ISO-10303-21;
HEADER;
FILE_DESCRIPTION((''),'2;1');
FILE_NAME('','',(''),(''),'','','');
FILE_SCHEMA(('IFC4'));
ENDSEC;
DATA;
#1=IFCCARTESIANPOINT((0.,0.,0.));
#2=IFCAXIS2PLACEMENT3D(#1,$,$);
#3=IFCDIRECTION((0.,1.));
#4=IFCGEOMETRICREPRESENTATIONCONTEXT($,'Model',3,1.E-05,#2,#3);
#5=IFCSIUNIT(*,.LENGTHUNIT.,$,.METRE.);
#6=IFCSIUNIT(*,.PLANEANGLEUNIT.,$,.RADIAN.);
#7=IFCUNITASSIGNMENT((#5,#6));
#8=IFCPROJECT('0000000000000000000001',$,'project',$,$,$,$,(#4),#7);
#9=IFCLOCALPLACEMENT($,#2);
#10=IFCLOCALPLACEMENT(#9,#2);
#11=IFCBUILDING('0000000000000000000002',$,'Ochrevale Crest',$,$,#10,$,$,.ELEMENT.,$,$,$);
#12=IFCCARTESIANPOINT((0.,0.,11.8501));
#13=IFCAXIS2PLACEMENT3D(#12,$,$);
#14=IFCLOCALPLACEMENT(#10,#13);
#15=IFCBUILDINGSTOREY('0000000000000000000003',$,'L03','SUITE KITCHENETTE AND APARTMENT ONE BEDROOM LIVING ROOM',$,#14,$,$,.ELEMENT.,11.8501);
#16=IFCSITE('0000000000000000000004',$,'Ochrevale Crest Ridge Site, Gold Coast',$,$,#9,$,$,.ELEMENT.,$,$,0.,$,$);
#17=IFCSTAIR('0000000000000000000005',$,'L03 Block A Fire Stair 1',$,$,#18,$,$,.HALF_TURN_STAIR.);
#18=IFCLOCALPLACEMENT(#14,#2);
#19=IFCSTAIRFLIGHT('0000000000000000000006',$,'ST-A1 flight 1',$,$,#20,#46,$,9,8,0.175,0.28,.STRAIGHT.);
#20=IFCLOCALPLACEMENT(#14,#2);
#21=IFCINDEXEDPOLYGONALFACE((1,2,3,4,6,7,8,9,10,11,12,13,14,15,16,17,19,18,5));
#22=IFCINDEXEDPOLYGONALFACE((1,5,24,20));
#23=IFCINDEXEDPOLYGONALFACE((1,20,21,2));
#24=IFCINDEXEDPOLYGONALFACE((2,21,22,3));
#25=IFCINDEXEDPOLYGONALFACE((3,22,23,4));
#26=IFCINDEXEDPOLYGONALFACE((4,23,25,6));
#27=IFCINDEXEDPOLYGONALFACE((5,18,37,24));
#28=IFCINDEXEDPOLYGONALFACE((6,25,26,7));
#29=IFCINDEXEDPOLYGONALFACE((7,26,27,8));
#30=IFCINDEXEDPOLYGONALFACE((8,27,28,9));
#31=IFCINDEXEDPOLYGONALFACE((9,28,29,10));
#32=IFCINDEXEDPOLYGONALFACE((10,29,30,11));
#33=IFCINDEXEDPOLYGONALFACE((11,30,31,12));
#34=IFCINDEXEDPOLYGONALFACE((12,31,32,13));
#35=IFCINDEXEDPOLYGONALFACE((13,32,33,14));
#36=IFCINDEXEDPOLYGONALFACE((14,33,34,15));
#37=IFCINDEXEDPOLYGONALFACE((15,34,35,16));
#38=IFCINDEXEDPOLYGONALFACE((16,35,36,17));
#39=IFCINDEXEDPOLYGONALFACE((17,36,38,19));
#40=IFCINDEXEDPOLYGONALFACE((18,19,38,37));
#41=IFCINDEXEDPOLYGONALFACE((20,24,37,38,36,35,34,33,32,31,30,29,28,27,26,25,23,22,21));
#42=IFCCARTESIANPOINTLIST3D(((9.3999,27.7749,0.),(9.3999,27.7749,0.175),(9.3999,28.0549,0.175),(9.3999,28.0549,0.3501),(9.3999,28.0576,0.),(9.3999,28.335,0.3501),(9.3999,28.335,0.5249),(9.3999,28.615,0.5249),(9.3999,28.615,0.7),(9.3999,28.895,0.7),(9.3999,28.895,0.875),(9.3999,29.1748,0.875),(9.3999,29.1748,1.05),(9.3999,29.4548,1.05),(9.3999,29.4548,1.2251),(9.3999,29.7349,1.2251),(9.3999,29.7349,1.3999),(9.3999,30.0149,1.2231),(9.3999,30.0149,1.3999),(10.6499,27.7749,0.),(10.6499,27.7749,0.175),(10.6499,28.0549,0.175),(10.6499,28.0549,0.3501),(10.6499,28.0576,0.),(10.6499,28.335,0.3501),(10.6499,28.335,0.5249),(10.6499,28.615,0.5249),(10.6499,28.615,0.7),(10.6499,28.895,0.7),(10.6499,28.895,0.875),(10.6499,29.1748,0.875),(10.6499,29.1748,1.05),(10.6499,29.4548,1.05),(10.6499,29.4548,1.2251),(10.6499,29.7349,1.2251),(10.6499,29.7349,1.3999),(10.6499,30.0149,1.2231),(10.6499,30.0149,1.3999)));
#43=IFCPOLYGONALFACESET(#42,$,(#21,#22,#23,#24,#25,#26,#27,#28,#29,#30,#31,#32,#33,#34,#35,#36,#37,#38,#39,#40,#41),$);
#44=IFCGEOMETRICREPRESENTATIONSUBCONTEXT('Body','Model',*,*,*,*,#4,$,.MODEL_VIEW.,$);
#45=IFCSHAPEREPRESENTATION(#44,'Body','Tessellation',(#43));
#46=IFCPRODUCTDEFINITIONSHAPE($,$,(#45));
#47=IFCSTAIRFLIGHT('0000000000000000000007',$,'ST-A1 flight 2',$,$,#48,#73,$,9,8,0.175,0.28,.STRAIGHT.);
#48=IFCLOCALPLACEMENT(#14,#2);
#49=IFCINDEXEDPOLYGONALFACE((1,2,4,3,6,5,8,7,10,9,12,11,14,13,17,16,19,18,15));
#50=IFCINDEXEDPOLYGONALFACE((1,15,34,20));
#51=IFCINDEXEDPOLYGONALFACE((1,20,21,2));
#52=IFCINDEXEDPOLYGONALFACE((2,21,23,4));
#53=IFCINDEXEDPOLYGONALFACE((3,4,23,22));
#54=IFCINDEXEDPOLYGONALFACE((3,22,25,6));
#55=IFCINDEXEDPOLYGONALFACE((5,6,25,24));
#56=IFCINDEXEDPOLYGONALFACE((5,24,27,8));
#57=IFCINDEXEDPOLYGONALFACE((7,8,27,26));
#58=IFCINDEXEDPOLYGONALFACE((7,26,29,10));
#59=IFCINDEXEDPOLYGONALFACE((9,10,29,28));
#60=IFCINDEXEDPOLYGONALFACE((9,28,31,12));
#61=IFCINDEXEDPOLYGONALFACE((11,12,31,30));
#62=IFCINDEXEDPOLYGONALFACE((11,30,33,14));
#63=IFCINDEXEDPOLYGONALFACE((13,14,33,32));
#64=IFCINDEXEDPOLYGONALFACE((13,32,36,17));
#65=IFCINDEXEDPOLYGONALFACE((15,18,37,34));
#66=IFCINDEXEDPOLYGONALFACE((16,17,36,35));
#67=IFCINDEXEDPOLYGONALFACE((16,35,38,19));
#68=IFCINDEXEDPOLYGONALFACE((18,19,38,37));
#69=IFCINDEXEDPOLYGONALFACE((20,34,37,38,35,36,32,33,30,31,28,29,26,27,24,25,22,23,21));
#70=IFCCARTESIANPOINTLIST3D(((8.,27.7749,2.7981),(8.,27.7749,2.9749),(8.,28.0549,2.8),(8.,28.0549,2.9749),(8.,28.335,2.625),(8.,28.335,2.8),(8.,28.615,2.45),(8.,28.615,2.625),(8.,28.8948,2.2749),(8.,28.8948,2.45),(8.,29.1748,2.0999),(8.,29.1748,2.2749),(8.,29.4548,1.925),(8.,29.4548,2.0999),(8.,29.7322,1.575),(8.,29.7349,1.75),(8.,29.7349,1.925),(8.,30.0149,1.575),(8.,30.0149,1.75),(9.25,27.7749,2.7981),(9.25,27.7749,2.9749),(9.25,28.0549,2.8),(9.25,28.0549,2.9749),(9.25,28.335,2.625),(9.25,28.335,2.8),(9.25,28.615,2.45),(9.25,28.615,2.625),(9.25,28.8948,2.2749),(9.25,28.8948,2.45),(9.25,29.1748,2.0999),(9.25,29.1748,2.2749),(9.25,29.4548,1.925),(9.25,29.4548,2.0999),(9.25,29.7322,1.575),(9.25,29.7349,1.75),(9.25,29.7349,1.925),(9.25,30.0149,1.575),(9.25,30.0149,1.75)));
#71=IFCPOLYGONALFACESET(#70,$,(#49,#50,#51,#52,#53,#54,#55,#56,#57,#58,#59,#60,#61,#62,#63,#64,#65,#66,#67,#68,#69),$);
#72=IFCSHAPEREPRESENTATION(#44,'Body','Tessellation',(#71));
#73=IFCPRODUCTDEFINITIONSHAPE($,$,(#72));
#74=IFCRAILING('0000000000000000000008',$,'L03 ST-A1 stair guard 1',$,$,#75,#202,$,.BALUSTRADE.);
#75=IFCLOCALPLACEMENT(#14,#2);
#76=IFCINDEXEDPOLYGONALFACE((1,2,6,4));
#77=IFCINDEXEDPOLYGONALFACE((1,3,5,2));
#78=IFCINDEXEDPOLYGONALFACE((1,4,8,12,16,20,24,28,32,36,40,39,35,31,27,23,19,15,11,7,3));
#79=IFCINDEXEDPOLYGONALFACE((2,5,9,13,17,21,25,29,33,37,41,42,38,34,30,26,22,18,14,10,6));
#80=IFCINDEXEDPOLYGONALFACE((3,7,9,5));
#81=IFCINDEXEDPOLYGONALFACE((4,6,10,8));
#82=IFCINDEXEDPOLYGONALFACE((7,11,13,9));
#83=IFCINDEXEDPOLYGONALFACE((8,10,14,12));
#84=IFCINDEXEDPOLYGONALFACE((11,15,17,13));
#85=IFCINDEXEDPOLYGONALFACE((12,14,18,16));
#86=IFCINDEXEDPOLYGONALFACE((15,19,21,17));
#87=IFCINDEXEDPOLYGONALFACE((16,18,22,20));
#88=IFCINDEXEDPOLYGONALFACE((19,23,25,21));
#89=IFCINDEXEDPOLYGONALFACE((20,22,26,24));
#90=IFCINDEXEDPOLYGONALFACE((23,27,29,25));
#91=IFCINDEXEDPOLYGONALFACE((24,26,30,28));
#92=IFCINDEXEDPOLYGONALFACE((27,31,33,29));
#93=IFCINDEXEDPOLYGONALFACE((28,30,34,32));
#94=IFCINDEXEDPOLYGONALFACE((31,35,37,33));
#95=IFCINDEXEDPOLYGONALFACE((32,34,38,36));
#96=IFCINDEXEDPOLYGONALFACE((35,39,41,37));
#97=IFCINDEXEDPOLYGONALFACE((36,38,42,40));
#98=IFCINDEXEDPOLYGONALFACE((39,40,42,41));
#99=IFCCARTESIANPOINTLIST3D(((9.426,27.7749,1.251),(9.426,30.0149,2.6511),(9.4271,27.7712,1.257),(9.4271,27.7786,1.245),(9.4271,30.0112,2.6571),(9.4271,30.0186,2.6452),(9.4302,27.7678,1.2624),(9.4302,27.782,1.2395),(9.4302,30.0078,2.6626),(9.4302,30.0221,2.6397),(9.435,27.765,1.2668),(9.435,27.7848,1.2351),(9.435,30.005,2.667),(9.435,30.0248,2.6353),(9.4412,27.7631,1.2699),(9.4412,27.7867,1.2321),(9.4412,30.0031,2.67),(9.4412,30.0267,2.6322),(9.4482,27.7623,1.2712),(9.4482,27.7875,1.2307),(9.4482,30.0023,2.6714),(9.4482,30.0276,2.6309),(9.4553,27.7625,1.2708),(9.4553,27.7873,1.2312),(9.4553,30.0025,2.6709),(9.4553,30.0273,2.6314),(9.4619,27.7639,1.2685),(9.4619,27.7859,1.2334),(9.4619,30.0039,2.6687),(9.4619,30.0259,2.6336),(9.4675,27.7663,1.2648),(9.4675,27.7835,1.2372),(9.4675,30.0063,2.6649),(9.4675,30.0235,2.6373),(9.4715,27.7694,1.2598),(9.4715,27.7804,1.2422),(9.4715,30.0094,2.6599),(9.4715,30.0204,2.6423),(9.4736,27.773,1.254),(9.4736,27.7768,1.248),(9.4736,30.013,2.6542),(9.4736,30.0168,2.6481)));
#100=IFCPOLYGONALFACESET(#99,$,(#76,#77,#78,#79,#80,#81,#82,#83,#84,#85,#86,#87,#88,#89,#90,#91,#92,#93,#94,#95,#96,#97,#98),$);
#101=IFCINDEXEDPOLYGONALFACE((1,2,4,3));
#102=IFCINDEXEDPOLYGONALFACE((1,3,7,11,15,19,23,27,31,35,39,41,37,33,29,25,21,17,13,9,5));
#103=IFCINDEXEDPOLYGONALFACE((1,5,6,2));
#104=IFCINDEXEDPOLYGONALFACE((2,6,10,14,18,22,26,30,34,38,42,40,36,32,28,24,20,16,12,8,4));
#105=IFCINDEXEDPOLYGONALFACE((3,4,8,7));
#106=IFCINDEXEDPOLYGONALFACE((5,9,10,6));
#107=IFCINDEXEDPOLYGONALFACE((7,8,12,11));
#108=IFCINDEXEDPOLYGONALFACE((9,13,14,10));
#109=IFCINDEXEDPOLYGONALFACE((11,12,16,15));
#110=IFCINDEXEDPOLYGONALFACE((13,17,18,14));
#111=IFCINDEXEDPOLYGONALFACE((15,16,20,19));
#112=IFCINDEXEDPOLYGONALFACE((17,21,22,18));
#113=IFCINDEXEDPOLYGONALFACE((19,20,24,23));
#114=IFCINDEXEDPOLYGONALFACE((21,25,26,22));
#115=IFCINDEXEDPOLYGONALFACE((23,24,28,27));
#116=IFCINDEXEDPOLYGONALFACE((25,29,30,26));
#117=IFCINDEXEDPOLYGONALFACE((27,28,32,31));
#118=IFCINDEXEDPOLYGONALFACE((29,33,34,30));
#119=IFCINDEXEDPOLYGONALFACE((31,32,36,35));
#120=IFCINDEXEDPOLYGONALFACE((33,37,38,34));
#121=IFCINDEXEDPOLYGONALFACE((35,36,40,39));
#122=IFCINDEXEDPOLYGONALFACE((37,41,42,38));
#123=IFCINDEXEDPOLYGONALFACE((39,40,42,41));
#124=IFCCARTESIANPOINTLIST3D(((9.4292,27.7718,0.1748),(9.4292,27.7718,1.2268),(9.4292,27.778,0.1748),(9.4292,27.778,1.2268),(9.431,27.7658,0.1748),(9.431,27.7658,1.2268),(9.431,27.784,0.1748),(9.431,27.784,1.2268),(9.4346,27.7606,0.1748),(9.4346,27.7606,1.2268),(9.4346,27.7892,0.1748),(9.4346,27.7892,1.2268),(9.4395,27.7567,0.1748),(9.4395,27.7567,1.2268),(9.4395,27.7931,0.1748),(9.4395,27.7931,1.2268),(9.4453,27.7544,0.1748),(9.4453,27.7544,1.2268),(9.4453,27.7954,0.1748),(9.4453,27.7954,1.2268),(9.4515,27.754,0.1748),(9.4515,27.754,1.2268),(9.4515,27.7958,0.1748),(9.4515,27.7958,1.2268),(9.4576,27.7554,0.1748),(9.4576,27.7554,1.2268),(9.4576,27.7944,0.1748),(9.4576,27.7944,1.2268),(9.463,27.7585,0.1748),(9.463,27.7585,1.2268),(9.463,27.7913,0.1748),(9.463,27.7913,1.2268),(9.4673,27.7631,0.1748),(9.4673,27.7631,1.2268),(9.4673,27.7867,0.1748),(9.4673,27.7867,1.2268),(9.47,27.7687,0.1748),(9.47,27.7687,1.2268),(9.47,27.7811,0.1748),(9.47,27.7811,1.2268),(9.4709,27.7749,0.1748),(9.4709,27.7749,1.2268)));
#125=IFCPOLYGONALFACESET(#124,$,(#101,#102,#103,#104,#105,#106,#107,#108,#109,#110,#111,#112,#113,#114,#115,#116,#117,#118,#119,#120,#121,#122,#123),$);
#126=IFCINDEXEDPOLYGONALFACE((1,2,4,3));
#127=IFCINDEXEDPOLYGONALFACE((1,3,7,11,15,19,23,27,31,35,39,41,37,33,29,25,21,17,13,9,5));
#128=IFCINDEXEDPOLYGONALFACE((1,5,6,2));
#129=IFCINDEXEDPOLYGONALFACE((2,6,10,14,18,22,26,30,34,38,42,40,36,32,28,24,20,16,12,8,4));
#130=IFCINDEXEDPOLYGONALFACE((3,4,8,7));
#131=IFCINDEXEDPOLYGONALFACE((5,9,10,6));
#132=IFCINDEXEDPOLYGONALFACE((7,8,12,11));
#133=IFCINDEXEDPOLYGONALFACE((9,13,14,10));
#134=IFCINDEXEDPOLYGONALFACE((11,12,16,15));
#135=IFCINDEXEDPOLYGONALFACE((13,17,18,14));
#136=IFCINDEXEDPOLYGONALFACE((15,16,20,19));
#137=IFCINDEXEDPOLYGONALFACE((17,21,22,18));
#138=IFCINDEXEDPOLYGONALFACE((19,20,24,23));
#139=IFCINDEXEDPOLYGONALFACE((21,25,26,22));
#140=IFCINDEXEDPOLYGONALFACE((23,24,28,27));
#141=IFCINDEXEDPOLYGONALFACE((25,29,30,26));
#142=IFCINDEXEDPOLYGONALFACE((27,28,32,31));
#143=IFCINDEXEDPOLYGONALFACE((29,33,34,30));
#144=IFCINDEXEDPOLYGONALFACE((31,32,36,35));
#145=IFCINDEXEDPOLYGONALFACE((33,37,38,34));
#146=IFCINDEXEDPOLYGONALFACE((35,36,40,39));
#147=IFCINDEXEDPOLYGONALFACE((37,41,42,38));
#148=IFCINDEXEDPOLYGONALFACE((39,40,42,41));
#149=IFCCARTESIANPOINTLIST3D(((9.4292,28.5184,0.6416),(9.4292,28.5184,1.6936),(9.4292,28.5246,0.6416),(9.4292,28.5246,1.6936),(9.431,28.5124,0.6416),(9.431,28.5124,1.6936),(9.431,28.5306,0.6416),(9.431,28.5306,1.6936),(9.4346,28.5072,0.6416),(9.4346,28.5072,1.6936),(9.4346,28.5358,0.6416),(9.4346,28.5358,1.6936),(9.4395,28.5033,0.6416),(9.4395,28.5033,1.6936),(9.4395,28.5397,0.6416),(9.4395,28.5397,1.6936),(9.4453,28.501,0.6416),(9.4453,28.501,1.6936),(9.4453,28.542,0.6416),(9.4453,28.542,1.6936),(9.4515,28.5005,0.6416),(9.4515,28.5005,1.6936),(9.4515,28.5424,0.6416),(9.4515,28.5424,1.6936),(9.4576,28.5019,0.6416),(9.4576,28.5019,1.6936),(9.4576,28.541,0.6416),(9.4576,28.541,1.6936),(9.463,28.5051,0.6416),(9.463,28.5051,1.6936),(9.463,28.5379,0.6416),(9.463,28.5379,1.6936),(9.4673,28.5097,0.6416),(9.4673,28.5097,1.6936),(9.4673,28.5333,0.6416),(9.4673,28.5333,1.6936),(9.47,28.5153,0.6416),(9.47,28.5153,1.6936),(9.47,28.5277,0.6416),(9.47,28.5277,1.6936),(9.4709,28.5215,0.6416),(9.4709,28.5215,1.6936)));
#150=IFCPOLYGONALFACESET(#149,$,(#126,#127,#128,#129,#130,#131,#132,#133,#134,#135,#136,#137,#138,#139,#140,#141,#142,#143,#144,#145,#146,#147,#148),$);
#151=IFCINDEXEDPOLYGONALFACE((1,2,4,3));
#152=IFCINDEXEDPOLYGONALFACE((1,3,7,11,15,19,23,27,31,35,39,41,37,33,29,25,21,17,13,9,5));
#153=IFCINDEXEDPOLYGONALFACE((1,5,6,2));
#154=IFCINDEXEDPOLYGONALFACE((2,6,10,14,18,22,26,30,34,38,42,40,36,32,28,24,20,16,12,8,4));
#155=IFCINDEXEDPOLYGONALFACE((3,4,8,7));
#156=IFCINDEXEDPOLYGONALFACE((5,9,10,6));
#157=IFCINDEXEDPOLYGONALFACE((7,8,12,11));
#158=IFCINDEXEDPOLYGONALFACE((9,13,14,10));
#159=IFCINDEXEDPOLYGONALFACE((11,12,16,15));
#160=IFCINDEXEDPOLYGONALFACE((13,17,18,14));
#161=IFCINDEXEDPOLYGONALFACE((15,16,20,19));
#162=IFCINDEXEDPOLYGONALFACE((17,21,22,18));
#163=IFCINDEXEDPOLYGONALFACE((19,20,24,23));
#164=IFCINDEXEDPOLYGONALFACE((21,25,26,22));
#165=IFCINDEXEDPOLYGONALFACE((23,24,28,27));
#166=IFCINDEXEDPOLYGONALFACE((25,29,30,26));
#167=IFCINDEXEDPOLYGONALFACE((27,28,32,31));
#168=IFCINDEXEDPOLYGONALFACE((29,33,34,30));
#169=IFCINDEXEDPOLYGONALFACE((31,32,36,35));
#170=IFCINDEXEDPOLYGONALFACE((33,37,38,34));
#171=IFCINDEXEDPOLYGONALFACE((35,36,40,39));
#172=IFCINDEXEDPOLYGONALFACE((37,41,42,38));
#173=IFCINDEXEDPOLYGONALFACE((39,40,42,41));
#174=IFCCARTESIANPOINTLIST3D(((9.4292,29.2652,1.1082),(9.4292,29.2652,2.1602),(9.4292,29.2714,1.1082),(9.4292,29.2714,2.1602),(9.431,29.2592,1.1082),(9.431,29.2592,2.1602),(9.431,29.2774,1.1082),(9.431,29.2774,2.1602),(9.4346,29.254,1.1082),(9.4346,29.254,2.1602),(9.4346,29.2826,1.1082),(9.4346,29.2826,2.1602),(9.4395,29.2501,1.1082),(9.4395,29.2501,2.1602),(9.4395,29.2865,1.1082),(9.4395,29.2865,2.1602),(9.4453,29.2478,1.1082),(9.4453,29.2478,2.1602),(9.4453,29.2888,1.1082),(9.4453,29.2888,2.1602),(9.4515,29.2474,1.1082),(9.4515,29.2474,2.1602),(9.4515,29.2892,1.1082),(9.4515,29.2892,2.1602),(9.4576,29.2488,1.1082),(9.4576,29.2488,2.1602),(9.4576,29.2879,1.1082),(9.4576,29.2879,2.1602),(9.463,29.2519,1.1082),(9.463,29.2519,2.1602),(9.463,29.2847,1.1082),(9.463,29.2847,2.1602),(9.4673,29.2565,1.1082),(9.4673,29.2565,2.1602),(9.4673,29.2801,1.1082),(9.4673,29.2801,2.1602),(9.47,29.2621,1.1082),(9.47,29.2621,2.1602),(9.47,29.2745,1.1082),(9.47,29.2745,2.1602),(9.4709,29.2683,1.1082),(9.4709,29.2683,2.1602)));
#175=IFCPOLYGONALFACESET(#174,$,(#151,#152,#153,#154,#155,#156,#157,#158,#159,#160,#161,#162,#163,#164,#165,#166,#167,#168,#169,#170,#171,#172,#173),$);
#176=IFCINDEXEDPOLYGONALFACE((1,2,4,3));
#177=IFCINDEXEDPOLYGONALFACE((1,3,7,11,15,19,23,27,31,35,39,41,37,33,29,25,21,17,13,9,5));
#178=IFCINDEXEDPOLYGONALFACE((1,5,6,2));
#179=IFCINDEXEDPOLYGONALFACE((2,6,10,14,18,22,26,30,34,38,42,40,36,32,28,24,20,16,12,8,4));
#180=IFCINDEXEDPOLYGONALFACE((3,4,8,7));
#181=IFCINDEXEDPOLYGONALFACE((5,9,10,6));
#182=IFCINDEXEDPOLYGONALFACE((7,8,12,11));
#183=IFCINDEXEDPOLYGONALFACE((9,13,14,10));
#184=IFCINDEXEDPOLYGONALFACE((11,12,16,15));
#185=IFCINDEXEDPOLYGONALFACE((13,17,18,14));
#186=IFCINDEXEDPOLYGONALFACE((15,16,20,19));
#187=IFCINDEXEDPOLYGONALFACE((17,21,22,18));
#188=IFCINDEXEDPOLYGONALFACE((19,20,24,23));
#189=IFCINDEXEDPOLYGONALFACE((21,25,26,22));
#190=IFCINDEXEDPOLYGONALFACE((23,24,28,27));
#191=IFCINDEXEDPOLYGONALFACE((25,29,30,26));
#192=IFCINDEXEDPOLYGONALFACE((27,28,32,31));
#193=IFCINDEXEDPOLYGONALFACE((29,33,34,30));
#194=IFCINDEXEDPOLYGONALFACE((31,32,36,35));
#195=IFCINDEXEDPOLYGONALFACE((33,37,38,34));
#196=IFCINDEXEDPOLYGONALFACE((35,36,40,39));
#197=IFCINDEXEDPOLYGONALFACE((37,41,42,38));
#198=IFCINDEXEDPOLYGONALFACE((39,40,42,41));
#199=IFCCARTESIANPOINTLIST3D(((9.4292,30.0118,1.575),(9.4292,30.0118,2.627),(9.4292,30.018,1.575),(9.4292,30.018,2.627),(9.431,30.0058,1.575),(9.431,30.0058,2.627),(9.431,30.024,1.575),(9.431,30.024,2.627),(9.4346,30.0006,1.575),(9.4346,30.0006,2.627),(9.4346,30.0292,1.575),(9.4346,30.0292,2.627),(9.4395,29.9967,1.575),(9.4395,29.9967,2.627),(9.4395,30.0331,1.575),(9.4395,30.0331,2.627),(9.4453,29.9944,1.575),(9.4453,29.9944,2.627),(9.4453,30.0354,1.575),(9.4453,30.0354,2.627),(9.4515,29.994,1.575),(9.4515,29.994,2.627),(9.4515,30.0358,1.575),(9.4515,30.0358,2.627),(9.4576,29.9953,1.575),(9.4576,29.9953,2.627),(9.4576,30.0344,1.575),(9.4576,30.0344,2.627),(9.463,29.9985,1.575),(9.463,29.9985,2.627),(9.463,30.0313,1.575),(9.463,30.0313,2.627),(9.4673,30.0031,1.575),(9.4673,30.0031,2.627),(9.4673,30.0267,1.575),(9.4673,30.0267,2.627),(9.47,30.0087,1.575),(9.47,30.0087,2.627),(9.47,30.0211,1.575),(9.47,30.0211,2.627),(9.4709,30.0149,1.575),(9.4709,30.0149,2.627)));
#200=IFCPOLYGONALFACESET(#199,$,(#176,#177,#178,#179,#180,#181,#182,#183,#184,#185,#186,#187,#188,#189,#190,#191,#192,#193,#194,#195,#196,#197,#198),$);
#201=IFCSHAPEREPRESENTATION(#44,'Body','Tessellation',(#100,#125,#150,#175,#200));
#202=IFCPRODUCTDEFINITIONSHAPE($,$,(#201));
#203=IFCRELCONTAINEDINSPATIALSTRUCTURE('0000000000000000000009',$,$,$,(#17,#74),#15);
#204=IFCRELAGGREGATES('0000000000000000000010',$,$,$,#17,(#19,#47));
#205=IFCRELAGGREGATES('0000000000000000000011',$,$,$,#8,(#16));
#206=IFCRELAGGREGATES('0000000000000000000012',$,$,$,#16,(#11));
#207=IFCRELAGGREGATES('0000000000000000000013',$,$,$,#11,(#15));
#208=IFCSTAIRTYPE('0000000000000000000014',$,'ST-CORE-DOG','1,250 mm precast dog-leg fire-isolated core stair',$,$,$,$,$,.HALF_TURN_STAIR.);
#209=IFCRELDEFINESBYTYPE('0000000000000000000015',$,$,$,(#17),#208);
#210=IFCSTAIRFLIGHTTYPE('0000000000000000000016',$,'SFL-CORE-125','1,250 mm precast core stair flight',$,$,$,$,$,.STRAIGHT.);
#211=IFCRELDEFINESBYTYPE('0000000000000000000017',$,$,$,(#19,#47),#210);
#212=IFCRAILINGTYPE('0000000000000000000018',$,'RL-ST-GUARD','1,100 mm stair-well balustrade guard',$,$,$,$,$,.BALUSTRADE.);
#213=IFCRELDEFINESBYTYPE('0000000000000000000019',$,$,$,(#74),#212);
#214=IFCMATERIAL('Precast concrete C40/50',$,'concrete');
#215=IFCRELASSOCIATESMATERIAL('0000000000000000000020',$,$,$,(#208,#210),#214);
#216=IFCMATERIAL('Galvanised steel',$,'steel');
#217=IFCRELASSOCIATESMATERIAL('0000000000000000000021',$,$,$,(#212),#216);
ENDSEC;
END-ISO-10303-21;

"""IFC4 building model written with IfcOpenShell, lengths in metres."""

from ifc_helpers import new_model, si_unit, direction, frame, origin, origin_2d, place, context, subcontext, project, spatial, polyline, circle, outline, extrude, material, type_object, element, aggregate, save


model = new_model("IFC4")

# Units and contexts
model_context = context("Model", 3, precision=1e-05, world=origin(), true_north=direction((0.0, 1.0)))
body_context = subcontext(model_context, "Body", "Model", "MODEL_VIEW")
ifc_project = project(units=[si_unit("LENGTHUNIT", "METRE"), si_unit("PLANEANGLEUNIT", "RADIAN")], contexts=[model_context])

# Site, building, storey
site_placement = place(None, origin())
site = spatial("IfcSite", under=ifc_project, at=site_placement, Name="Ochrevale Crest Ridge Site, Gold Coast", CompositionType="ELEMENT", RefElevation=0.0)
building_placement = place(site_placement, origin())
building = spatial("IfcBuilding", under=site, at=building_placement, Name="Ochrevale Crest", CompositionType="ELEMENT")
storey_placement = place(building_placement, frame((0.0, 0.0, 11.8501)))
storey = spatial("IfcBuildingStorey", under=building, at=storey_placement, Name="L03", Description="SUITE KITCHENETTE AND APARTMENT ONE BEDROOM LIVING ROOM", CompositionType="ELEMENT", Elevation=11.8501)

# Stair, stair flights
ifc_material_1 = material(Name="Precast concrete C40/50", Category="concrete")
stair_type = type_object("IfcStairType", Name="ST-CORE-DOG", Description="1,250 mm precast dog-leg fire-isolated core stair", PredefinedType="HALF_TURN_STAIR", material=ifc_material_1)
stair_placement = place(storey_placement, origin())
stair = element("IfcStair", 1, at=stair_placement, inside=storey, type_object=stair_type, Name="L03 Block A Fire Stair 1", PredefinedType="HALF_TURN_STAIR")
stair_flight_type = type_object("IfcStairFlightType", Name="SFL-CORE-125", Description="1,250 mm precast core stair flight", PredefinedType="STRAIGHT", material=ifc_material_1)
stair_flight_1_placement = place(storey_placement, frame((10.0249, 27.7749, 0.0), z_axis=(0.0, 0.0, 1.0), x_axis=(0.0, 1.0, 0.0)))
stair_flight_1 = element("IfcStairFlight", 2, at=stair_flight_1_placement, type_object=stair_flight_type, Name="ST-A1 flight 1", NumberOfRisers=9, NumberOfTreads=8, PredefinedType="STRAIGHT", RiserHeight=0.175, TreadLength=0.28, context=body_context, shape_type="SweptSolid", body=[
    extrude(outline(polyline([(0.0, 0.0), (0.0, 0.175), (0.28, 0.175), (0.28, 0.3501), (0.5601, 0.3501), (0.5601, 0.5249), (0.8401, 0.5249), (0.8401, 0.7), (1.1201, 0.7), (1.1201, 0.875), (1.3999, 0.875), (1.3999, 1.05), (1.6799, 1.05), (1.6799, 1.2251), (1.96, 1.2251), (1.96, 1.3999), (2.24, 1.3999), (2.24, 1.575), (2.24, 1.2231), (0.2827, 0.0), (0.0, 0.0)])), frame((0.0, 0.625, 0.0), z_axis=(0.0, -1.0, 0.0), x_axis=(1.0, 0.0, 0.0)), (0.0, 0.0, 1.0), 1.25),
])
stair_flight_2_placement = place(storey_placement, frame((8.625, 30.0149, 1.575), z_axis=(0.0, 0.0, 1.0), x_axis=(0.0, -1.0, 0.0)))
stair_flight_2 = element("IfcStairFlight", 3, at=stair_flight_2_placement, type_object=stair_flight_type, Name="ST-A1 flight 2", NumberOfRisers=9, NumberOfTreads=8, PredefinedType="STRAIGHT", RiserHeight=0.175, TreadLength=0.28, context=body_context, shape_type="SweptSolid", body=[
    extrude(outline(polyline([(0.0, 0.0), (0.0, 0.175), (0.28, 0.175), (0.28, 0.3501), (0.5601, 0.3501), (0.5601, 0.5249), (0.8401, 0.5249), (0.8401, 0.7), (1.1201, 0.7), (1.1201, 0.875), (1.3999, 0.875), (1.3999, 1.05), (1.6799, 1.05), (1.6799, 1.2251), (1.96, 1.2251), (1.96, 1.3999), (2.24, 1.3999), (2.24, 1.575), (2.24, 1.2231), (0.2827, 0.0), (0.0, 0.0)])), frame((0.0, 0.625, 0.0), z_axis=(0.0, -1.0, 0.0), x_axis=(1.0, 0.0, 0.0)), (0.0, 0.0, 1.0), 1.25),
])
aggregate(stair, [stair_flight_1, stair_flight_2])

# Railing
ifc_material_2 = material(Name="Galvanised steel", Category="steel")
railing_type_1 = type_object("IfcRailingType", Name="RL-ST-GUARD", Description="1,100 mm stair-well balustrade guard", PredefinedType="BALUSTRADE", material=ifc_material_2)
railing_1_placement = place(storey_placement, frame((9.45, 27.7749, 0.1748)))
element("IfcRailing", 4, at=railing_1_placement, inside=storey, type_object=railing_type_1, Name="L03 ST-A1 stair guard 1", PredefinedType="BALUSTRADE", context=body_context, shape_type="SweptSolid", body=[
    extrude(circle(Radius=0.0239, at=origin_2d()), frame((0.0, 0.0, 1.0762), z_axis=(0.0, 0.847972, 0.53004), x_axis=(-1.0, 0.0, 0.0)), (0.0, 0.0, 1.0), 2.6416),
    extrude(circle(Radius=0.021, at=origin_2d()), origin(), (0.0, 0.0, 1.0), 1.052),
    extrude(circle(Radius=0.021, at=origin_2d()), frame((0.0, 0.7466, 0.4668)), (0.0, 0.0, 1.0), 1.052),
    extrude(circle(Radius=0.021, at=origin_2d()), frame((0.0, 1.4934, 0.9333)), (0.0, 0.0, 1.0), 1.052),
    extrude(circle(Radius=0.021, at=origin_2d()), frame((0.0, 2.24, 1.4001)), (0.0, 0.0, 1.0), 1.052),
])

save(model, "model.ifc")
